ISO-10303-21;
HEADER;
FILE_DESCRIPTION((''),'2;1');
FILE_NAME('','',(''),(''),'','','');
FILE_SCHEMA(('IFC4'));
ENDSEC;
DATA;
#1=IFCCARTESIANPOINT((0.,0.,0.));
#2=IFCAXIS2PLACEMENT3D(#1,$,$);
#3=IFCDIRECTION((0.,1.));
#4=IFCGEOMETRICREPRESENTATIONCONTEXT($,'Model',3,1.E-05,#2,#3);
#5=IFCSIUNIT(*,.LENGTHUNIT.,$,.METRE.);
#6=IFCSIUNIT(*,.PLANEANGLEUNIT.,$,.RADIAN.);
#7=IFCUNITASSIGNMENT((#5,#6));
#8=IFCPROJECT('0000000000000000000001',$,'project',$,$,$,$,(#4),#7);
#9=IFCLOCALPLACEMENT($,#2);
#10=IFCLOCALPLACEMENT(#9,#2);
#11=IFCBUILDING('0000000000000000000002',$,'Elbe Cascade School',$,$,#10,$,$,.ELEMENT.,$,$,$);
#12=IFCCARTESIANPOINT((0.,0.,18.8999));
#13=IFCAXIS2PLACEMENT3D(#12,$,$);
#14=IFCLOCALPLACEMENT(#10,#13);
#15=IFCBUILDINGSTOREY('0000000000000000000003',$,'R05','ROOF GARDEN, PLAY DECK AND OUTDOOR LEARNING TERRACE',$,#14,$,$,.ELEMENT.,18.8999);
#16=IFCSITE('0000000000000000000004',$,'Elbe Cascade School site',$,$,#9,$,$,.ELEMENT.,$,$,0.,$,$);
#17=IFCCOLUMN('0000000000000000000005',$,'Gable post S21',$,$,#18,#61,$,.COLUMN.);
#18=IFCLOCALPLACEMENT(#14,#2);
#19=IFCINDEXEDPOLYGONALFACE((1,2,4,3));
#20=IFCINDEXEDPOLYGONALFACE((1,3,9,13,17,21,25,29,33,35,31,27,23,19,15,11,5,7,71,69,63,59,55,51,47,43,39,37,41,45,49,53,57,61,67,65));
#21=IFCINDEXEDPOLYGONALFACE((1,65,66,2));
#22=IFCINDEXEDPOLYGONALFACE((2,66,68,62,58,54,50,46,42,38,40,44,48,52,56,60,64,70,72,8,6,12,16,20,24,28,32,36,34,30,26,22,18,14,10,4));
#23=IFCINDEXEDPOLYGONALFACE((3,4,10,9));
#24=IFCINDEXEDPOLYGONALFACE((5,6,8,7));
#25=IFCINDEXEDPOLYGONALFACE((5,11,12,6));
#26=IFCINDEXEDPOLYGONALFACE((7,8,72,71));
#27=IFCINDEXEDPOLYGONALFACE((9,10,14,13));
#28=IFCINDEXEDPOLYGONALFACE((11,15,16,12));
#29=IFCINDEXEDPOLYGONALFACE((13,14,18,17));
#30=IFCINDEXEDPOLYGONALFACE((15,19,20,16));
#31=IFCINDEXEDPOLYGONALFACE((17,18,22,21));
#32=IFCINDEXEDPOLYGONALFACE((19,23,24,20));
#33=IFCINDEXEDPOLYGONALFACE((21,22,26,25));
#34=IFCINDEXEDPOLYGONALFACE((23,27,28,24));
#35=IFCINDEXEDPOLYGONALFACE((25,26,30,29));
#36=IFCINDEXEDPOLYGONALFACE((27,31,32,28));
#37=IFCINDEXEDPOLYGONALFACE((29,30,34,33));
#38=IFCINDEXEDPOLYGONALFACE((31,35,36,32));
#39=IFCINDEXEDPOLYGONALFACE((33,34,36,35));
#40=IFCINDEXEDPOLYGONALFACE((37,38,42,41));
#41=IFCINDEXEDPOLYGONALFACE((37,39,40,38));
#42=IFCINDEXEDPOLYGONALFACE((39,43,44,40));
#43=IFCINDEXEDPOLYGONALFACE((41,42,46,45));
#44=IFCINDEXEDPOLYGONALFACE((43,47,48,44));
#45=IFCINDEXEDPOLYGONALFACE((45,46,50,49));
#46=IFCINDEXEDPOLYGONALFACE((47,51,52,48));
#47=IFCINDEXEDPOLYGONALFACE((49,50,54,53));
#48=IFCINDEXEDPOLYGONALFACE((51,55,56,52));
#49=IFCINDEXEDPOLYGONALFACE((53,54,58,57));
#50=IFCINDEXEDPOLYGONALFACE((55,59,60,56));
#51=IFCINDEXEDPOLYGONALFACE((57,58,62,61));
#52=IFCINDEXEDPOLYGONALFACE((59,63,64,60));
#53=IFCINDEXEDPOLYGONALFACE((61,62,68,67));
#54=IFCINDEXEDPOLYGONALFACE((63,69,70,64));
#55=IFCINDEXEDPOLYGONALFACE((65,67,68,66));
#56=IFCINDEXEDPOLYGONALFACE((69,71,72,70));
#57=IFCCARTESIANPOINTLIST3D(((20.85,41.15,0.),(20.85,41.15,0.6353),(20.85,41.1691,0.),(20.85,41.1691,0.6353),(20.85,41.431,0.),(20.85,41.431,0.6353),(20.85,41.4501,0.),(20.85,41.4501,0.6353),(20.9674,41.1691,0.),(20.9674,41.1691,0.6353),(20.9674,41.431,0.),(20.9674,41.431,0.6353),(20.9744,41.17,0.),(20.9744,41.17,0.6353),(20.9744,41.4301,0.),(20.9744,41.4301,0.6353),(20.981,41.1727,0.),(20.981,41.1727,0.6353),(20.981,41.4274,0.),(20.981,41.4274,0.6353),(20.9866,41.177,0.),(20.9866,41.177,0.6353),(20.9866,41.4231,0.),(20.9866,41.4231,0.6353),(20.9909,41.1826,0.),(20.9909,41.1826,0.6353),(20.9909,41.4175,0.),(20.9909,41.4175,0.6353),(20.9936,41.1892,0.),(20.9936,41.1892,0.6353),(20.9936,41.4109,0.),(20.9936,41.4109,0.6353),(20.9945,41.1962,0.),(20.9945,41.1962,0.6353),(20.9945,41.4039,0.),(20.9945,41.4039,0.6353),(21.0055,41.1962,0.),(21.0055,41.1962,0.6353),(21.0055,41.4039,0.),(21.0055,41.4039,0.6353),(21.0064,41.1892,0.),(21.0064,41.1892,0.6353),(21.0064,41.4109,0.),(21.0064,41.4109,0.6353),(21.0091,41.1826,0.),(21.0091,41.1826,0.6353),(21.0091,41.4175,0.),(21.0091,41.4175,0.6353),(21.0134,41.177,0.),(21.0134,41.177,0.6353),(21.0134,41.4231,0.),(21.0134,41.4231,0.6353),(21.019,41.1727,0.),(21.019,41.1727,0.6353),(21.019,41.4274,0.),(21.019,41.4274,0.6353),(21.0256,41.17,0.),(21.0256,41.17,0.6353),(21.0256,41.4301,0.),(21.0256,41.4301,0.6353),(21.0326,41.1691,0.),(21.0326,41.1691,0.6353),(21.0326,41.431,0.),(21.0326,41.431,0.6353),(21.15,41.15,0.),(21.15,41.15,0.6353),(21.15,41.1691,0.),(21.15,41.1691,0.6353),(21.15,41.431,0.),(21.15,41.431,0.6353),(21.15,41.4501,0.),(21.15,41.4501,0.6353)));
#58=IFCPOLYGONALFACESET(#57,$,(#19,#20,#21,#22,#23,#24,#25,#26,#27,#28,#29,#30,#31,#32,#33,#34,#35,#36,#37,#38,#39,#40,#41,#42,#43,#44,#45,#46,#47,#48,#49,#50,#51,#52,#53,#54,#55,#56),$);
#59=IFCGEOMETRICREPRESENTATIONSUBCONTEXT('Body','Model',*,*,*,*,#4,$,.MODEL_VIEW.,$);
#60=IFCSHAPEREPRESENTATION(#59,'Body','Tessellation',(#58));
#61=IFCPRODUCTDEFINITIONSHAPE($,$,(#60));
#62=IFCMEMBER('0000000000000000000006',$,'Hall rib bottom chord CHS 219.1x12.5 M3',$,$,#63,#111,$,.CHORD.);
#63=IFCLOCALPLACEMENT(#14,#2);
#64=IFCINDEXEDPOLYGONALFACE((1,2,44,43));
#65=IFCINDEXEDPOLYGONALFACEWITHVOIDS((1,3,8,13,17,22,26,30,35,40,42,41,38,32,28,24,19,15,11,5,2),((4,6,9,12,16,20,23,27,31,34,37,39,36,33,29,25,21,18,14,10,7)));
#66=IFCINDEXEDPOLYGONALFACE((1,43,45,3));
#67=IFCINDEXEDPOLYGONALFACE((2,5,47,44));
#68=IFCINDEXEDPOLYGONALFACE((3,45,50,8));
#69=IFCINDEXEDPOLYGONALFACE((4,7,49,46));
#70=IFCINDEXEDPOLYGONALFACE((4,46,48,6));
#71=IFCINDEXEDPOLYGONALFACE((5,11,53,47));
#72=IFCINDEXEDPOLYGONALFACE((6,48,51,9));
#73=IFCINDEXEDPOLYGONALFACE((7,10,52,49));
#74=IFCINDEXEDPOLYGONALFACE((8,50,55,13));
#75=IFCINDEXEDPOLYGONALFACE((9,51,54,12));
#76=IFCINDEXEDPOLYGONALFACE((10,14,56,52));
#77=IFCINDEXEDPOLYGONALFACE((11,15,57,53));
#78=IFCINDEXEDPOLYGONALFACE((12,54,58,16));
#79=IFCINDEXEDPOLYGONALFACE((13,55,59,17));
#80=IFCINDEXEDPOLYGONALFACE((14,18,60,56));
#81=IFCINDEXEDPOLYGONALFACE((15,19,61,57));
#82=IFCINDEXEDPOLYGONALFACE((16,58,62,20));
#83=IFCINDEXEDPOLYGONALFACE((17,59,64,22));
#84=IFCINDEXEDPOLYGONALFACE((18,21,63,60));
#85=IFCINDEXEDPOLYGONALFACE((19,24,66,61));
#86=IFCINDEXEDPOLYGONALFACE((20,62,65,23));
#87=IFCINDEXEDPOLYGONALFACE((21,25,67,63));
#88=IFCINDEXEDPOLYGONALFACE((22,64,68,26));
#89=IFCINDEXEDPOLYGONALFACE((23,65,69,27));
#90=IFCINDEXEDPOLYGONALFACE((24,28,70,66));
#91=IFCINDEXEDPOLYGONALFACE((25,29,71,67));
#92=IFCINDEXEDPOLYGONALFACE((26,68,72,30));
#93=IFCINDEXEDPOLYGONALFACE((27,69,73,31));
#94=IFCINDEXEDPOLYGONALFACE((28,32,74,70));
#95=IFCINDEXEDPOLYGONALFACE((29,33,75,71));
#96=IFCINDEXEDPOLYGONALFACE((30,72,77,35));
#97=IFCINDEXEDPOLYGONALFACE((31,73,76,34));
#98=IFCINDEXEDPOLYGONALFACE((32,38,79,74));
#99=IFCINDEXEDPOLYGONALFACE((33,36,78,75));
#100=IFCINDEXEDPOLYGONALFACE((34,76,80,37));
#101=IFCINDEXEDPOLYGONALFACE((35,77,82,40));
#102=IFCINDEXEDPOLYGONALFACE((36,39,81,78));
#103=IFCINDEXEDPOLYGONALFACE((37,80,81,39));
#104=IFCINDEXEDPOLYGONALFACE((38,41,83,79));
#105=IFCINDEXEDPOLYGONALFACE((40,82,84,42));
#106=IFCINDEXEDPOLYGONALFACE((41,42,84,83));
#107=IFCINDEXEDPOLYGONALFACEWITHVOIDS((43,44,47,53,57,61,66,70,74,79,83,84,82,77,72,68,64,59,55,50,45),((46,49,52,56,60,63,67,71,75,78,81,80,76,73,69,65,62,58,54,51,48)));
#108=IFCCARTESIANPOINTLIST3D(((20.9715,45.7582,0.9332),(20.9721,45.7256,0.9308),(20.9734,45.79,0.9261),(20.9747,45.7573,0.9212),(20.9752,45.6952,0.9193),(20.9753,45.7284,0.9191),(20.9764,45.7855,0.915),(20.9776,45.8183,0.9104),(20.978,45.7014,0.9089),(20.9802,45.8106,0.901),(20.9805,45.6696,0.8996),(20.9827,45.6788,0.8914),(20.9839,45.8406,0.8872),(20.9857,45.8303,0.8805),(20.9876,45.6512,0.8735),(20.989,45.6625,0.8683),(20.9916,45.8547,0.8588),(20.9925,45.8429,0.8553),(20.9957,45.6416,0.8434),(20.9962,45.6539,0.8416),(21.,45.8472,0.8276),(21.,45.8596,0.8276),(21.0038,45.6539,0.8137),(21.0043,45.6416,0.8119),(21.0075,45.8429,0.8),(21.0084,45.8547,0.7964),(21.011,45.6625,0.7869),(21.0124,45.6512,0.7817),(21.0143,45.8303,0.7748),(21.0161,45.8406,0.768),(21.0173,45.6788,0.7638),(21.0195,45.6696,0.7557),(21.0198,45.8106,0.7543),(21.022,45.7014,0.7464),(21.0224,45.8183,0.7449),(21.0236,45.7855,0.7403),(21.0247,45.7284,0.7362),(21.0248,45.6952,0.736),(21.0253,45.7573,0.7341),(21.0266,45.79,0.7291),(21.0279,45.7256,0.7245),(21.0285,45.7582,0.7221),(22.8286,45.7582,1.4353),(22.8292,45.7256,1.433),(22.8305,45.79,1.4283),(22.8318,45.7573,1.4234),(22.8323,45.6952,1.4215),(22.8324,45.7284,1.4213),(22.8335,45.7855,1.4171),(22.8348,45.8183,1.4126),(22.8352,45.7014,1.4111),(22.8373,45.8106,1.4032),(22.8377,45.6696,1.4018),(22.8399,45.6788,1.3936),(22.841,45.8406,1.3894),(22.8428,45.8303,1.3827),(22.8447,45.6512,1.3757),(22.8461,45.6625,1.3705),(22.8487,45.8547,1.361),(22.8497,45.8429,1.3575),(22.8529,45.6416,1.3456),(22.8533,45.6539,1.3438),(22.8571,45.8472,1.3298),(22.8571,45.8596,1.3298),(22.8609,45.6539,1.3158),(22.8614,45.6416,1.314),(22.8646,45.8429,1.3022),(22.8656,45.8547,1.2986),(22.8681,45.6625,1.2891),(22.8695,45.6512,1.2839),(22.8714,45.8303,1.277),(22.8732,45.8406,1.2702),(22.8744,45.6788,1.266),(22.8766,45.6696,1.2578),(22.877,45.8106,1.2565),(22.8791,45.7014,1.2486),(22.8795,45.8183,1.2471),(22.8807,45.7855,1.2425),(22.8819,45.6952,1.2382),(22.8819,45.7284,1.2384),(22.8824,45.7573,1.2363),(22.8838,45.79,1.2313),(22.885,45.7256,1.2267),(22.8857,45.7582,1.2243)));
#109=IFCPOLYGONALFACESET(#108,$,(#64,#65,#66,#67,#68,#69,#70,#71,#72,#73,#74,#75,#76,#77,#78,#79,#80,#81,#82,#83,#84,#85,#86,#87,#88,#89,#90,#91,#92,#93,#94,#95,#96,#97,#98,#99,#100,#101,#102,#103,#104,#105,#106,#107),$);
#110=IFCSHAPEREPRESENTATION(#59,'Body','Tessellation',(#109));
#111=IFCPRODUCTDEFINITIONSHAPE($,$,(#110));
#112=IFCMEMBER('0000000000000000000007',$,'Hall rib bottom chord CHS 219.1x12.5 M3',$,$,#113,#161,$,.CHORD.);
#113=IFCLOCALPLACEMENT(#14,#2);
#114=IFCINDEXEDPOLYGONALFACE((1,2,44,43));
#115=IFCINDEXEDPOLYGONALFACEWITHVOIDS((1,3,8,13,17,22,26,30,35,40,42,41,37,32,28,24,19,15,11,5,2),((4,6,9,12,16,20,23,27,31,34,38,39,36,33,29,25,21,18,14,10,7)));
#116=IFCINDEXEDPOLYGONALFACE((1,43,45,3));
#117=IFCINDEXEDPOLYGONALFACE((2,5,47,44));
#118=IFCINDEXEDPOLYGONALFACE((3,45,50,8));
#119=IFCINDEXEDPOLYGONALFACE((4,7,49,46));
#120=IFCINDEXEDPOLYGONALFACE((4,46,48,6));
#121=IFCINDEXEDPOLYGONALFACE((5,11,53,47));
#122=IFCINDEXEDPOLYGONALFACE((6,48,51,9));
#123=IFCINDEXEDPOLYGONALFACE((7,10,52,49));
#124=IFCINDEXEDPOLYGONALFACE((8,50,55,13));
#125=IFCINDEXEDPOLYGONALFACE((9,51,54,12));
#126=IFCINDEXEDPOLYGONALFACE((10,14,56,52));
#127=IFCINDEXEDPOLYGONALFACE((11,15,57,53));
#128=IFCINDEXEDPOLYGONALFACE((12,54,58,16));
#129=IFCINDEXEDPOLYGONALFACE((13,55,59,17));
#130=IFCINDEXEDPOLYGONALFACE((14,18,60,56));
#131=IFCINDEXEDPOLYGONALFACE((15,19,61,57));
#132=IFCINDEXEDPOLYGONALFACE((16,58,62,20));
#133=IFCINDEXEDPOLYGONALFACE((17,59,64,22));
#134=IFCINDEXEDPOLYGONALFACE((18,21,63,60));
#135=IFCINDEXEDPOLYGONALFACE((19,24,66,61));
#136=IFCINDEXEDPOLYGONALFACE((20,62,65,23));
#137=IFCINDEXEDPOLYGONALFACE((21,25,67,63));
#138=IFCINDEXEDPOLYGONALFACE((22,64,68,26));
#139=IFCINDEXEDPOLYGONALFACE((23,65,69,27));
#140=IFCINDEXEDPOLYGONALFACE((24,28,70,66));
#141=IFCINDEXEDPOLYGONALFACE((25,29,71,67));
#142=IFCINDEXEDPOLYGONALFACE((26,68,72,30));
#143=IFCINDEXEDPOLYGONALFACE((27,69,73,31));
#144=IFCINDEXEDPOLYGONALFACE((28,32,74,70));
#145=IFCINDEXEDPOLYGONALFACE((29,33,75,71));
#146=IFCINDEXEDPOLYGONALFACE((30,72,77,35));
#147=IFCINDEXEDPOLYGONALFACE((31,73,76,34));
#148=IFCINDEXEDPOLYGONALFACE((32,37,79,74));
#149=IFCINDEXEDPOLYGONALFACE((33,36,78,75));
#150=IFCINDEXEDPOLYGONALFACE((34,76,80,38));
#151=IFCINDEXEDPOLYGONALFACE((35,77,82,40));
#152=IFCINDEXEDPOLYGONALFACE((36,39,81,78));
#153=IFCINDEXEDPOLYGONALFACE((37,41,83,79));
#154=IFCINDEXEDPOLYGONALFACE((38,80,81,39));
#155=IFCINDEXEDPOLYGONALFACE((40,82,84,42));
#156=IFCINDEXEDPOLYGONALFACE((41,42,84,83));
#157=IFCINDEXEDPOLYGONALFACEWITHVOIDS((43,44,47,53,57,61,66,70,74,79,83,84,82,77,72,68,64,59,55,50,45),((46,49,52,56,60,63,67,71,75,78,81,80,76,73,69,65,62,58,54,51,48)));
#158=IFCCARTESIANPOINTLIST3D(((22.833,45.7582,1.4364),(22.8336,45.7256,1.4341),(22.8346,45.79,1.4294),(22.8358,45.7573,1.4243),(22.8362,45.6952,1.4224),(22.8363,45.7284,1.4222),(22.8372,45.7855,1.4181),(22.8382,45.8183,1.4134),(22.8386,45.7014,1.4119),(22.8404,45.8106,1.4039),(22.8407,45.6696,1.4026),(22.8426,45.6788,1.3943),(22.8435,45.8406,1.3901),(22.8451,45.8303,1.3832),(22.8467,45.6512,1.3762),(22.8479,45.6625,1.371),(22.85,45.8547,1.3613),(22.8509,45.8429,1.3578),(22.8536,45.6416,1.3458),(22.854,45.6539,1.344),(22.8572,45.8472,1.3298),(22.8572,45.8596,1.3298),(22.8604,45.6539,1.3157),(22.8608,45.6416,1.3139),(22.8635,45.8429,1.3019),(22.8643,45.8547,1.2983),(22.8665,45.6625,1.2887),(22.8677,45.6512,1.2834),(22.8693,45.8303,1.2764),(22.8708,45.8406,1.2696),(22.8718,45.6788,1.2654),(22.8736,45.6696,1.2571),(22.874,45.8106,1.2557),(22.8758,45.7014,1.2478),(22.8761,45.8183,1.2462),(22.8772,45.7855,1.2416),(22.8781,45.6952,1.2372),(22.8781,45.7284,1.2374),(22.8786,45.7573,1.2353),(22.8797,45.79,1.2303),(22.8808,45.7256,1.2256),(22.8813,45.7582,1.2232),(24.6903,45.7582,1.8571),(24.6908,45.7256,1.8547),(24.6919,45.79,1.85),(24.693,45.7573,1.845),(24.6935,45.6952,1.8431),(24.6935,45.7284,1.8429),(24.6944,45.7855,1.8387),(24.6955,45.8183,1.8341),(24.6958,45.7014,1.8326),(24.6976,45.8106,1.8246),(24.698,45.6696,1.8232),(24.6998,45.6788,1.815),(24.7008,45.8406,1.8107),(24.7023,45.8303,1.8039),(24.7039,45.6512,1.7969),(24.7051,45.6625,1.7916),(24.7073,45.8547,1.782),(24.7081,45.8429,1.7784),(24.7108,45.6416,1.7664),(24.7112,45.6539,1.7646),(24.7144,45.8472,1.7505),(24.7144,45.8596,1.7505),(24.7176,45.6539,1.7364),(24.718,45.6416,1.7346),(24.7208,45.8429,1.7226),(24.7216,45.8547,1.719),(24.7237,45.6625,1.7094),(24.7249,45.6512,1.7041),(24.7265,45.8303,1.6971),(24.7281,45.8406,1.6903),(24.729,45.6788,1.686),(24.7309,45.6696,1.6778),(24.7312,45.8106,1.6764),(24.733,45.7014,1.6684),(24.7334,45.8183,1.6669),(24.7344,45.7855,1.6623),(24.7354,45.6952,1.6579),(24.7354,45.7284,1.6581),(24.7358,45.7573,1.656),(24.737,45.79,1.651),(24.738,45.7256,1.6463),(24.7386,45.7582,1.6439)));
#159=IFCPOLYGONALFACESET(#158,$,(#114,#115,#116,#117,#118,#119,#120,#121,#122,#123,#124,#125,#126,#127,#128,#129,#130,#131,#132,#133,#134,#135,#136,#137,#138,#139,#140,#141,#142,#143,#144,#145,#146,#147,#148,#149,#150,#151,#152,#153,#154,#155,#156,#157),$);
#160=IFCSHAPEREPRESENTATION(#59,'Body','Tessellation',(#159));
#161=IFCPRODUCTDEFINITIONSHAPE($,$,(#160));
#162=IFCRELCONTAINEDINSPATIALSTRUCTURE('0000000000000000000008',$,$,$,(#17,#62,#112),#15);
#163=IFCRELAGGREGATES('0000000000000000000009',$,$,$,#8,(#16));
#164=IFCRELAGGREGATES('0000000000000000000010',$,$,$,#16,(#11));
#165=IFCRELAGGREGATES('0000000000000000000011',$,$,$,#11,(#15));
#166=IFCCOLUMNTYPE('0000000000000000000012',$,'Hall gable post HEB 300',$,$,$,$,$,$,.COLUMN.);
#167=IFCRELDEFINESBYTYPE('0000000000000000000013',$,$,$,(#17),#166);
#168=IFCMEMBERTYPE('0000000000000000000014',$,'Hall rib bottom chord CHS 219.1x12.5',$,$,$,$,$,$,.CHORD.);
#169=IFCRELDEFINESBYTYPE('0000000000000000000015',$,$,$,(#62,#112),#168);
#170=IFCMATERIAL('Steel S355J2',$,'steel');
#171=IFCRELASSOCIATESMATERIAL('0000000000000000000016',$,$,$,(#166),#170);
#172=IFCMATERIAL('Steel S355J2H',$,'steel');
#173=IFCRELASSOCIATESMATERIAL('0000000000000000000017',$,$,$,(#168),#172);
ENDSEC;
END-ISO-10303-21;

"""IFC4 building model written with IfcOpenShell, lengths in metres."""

from ifc_helpers import new_model, si_unit, direction, frame, origin, origin_2d, place, context, subcontext, project, spatial, hollow_circle, i_section, extrude, material, material_profile, profile_set, type_object, element, save


model = new_model("IFC4")

# Units and contexts
model_context = context("Model", 3, precision=1e-05, world=origin(), true_north=direction((0.0, 1.0)))
body_context = subcontext(model_context, "Body", "Model", "MODEL_VIEW")
ifc_project = project(units=[si_unit("LENGTHUNIT", "METRE"), si_unit("PLANEANGLEUNIT", "RADIAN")], contexts=[model_context])

# Site, building, storey
site_placement = place(None, origin())
site = spatial("IfcSite", under=ifc_project, at=site_placement, Name="Elbe Cascade School site", CompositionType="ELEMENT", RefElevation=0.0)
building_placement = place(site_placement, origin())
building = spatial("IfcBuilding", under=site, at=building_placement, Name="Elbe Cascade School", CompositionType="ELEMENT")
storey_placement = place(building_placement, frame((0.0, 0.0, 18.8999)))
storey = spatial("IfcBuildingStorey", under=building, at=storey_placement, Name="R05", Description="ROOF GARDEN, PLAY DECK AND OUTDOOR LEARNING TERRACE", CompositionType="ELEMENT", Elevation=18.8999)

# Column
ifc_material_1 = material(Name="Steel S355J2", Category="steel")
ifc_material_profile_1 = material_profile(ifc_material_1, i_section(OverallWidth=0.3, OverallDepth=0.3, WebThickness=0.011, FlangeThickness=0.019, FilletRadius=0.0271, at=origin_2d()), Name="HEB 300")
ifc_profile_set_1 = profile_set([ifc_material_profile_1], Name="Steel S355J2")
column_type = type_object("IfcColumnType", Name="Hall gable post HEB 300", PredefinedType="COLUMN", material=ifc_profile_set_1)
column_placement = place(storey_placement, frame((21.0, 41.3, 0.0), z_axis=(0.0, 0.0, 1.0), x_axis=(1.0, 0.0, 0.0)))
element("IfcColumn", 1, at=column_placement, inside=storey, type_object=column_type, Name="Gable post S21", PredefinedType="COLUMN", context=body_context, shape_type="SweptSolid", body=[
    extrude(i_section(OverallWidth=0.3, OverallDepth=0.3, WebThickness=0.011, FlangeThickness=0.019, FilletRadius=0.0271, at=origin_2d()), origin(), (0.0, 0.0, 1.0), 0.6353),
])

# Members
ifc_material_2 = material(Name="Steel S355J2H", Category="steel")
ifc_material_profile_2 = material_profile(ifc_material_2, hollow_circle(Radius=0.1096, WallThickness=0.0125, at=origin_2d()), Name="CHS 219.1x12.5")
ifc_profile_set_2 = profile_set([ifc_material_profile_2], Name="Steel S355J2H")
member_type_1 = type_object("IfcMemberType", Name="Hall rib bottom chord CHS 219.1x12.5", PredefinedType="CHORD", material=ifc_profile_set_2)
member_1_placement = place(storey_placement, frame((21.0, 45.75, 0.8276), z_axis=(0.96533, 0.0, 0.261034), x_axis=(0.0, 1.0, 0.0)))
element("IfcMember", 2, at=member_1_placement, inside=storey, type_object=member_type_1, Name="Hall rib bottom chord CHS 219.1x12.5 M3", PredefinedType="CHORD", context=body_context, shape_type="SweptSolid", body=[
    extrude(hollow_circle(Radius=0.1096, WallThickness=0.0125, at=origin_2d()), origin(), (0.0, 0.0, 1.0), 1.9238),
])
member_2_placement = place(storey_placement, frame((22.8572, 45.75, 1.3298), z_axis=(0.975295, 0.0, 0.220906), x_axis=(0.0, 1.0, 0.0)))
element("IfcMember", 3, at=member_2_placement, inside=storey, type_object=member_type_1, Name="Hall rib bottom chord CHS 219.1x12.5 M3", PredefinedType="CHORD", context=body_context, shape_type="SweptSolid", body=[
    extrude(hollow_circle(Radius=0.1096, WallThickness=0.0125, at=origin_2d()), origin(), (0.0, 0.0, 1.0), 1.9043),
])

save(model, "model.ifc")
